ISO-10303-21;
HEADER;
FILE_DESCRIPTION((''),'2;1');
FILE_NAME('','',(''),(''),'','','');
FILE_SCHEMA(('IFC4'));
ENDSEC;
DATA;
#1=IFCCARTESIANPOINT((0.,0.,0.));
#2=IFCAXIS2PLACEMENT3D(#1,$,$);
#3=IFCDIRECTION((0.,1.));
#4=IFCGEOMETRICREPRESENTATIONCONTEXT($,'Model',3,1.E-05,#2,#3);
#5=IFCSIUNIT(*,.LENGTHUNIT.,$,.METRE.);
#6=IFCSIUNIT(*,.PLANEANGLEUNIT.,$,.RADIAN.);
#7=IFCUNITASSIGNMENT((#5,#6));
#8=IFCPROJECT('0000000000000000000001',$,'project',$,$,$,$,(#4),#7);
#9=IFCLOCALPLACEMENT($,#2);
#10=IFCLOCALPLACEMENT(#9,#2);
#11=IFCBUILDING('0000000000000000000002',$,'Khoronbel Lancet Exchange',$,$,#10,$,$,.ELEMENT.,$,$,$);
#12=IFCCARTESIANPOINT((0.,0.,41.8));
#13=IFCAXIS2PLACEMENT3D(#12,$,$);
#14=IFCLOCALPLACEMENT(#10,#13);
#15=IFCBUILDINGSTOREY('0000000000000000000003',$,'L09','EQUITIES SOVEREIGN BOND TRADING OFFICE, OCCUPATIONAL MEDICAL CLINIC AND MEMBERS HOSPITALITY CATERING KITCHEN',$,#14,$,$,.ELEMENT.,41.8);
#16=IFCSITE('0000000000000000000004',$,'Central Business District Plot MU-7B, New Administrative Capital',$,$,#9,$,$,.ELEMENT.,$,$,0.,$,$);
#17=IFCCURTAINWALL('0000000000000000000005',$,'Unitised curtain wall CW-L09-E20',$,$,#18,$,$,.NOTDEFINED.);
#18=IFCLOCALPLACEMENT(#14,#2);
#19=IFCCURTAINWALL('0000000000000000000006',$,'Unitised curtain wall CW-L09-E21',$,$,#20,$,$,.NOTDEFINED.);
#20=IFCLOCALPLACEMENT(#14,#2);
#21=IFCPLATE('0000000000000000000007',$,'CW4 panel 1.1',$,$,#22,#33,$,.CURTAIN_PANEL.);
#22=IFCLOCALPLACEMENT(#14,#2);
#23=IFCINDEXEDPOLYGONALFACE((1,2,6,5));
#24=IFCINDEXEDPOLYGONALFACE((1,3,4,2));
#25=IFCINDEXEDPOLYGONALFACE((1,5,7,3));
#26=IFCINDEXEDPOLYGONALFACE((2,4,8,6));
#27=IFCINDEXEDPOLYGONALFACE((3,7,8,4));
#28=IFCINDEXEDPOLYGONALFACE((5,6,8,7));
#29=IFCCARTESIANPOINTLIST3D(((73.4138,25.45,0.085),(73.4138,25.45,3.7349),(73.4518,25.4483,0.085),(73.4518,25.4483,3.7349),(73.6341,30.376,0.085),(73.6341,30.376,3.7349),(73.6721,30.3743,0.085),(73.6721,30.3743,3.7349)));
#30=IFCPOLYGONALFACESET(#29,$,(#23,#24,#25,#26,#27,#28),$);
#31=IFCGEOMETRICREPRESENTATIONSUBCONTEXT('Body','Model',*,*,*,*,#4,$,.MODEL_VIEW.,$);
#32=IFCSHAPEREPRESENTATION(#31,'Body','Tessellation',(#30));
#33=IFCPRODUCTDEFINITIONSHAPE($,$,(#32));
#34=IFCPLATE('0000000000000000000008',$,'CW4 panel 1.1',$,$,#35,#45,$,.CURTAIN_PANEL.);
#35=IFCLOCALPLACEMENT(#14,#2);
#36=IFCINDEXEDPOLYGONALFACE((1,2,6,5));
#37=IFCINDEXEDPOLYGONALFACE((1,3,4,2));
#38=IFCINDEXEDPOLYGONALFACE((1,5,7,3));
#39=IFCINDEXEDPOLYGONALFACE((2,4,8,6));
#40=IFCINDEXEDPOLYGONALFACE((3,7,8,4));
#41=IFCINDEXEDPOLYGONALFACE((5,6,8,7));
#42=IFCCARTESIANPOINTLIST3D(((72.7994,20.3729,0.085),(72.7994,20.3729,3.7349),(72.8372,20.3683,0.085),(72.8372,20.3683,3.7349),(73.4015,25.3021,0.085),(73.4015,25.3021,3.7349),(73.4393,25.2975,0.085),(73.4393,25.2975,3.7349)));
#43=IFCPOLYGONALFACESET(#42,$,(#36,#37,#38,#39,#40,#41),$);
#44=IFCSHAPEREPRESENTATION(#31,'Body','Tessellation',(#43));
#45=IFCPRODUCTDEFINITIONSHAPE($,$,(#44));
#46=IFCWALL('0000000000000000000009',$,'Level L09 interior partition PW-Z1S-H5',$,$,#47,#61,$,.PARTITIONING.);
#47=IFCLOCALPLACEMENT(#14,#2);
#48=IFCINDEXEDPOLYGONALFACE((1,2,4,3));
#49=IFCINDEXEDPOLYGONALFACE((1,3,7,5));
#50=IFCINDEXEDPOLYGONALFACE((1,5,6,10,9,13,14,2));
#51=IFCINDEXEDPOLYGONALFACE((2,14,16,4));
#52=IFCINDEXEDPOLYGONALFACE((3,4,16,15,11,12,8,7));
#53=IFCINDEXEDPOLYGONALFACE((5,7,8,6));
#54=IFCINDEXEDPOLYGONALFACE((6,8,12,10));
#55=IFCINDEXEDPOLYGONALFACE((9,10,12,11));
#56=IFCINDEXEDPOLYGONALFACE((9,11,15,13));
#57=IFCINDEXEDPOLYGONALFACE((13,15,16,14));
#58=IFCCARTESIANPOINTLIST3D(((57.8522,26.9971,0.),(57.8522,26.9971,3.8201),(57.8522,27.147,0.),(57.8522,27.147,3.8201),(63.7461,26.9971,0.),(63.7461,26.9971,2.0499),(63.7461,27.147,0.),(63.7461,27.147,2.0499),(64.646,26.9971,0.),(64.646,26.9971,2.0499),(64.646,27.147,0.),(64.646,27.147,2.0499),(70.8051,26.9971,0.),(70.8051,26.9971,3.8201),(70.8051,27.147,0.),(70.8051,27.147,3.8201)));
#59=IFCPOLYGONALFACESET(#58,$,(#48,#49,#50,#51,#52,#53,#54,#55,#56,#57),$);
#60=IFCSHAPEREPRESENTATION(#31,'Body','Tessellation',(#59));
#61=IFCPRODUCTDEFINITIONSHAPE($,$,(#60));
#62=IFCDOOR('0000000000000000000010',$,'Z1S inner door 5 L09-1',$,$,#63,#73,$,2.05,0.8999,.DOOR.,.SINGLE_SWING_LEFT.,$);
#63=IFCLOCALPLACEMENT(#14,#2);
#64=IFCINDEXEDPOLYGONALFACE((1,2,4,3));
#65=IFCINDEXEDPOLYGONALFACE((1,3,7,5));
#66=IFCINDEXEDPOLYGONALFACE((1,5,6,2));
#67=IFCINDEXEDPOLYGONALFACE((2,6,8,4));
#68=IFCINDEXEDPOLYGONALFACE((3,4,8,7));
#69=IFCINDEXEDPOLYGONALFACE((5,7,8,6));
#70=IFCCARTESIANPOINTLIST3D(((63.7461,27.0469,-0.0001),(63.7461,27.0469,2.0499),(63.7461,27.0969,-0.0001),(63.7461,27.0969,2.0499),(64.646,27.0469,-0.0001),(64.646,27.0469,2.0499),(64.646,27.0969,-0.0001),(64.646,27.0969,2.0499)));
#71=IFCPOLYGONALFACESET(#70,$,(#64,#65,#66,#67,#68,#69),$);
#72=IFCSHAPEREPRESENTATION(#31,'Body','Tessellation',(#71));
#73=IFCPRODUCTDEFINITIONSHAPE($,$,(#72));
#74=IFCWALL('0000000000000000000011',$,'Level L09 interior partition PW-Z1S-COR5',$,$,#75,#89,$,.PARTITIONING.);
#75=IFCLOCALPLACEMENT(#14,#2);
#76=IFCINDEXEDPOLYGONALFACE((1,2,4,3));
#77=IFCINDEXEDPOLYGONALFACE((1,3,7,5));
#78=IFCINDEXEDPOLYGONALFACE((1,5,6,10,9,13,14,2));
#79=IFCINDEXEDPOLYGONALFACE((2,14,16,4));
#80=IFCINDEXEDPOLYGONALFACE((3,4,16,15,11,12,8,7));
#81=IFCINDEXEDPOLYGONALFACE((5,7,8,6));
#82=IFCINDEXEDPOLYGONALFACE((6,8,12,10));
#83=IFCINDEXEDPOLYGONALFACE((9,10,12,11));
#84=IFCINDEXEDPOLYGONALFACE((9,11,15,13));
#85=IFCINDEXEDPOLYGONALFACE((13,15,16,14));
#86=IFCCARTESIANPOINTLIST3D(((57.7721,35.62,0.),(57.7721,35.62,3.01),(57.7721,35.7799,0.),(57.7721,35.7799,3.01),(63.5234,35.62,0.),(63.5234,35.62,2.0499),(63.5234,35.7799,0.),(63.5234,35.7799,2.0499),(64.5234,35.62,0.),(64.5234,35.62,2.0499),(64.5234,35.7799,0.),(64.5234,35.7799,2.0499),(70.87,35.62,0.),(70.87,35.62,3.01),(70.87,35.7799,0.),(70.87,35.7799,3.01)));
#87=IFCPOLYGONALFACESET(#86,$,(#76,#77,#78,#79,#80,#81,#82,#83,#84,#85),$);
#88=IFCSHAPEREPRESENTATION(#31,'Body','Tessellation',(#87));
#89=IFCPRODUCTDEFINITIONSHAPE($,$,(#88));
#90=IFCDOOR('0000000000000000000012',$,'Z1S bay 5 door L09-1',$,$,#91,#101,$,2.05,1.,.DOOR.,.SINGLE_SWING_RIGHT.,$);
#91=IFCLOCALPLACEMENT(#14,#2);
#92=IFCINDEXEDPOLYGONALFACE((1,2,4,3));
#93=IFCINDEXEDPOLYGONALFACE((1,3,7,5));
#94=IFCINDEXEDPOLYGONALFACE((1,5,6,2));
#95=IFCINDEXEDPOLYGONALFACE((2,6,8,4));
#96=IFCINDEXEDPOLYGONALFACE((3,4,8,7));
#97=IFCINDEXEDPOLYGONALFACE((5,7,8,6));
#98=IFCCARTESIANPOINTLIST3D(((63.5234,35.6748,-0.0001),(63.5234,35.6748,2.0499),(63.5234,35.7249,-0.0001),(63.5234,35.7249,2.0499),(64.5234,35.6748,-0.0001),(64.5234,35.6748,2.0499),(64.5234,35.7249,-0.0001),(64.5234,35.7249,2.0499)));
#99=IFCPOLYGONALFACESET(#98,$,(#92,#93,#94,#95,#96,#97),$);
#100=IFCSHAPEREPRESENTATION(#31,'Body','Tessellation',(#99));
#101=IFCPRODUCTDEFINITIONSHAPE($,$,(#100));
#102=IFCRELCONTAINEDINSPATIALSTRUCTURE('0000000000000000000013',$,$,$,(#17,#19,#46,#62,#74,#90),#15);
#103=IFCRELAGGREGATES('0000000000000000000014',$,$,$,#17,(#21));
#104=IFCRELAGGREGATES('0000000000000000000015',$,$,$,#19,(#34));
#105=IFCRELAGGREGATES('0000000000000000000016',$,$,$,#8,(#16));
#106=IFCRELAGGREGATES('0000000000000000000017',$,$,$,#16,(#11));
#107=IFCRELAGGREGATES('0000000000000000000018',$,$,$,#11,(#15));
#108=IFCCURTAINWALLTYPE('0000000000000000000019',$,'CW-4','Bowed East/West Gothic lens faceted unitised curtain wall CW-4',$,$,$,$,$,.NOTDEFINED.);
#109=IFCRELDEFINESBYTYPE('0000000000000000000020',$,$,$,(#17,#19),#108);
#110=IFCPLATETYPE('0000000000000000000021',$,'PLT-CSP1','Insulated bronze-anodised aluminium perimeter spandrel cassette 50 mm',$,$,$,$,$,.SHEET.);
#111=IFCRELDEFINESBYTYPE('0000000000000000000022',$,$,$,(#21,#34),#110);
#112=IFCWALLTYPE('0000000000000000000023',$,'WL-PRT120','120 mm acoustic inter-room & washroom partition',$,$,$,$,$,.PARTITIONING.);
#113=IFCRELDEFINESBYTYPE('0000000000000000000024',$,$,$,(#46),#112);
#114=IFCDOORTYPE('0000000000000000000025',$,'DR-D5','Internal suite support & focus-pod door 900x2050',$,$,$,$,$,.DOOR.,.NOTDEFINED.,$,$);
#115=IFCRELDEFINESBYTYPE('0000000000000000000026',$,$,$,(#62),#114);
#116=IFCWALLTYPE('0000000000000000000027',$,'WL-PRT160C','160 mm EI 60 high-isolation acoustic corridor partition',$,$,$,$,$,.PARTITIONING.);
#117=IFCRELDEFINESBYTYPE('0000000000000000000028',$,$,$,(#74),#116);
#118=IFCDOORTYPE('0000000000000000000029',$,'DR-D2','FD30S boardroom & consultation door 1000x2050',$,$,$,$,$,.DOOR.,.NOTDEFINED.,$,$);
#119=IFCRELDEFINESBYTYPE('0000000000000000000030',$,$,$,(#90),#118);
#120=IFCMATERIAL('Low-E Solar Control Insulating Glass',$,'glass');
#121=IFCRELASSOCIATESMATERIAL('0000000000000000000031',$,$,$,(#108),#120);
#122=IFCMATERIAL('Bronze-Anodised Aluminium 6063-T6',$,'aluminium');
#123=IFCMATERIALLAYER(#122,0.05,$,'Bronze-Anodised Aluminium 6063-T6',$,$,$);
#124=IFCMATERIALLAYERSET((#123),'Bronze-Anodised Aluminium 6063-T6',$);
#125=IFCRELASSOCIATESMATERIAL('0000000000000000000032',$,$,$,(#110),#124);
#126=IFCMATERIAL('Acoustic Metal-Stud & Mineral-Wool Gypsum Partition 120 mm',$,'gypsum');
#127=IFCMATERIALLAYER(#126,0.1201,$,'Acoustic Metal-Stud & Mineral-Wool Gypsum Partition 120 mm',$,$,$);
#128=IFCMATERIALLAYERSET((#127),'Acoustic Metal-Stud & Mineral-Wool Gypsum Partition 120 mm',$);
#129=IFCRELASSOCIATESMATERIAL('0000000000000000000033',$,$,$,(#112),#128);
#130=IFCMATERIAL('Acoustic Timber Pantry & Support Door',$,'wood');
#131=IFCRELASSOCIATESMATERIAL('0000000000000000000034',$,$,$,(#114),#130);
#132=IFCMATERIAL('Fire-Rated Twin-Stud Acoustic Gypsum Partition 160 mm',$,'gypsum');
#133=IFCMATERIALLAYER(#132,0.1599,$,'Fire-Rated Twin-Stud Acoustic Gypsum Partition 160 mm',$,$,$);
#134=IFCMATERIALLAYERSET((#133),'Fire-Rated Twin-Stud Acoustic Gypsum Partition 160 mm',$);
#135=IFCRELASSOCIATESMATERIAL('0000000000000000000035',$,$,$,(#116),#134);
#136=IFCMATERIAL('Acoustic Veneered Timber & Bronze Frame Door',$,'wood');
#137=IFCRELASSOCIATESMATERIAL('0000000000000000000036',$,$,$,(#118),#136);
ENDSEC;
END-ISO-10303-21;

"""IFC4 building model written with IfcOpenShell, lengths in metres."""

from ifc_helpers import new_model, si_unit, direction, frame, frame_2d, origin, origin_2d, place, context, subcontext, project, spatial, rectangle, extrude, material, layer, layer_set, type_object, element, fill, aggregate, save


model = new_model("IFC4")

# Units and contexts
model_context = context("Model", 3, precision=1e-05, world=origin(), true_north=direction((0.0, 1.0)))
body_context = subcontext(model_context, "Body", "Model", "MODEL_VIEW")
ifc_project = project(units=[si_unit("LENGTHUNIT", "METRE"), si_unit("PLANEANGLEUNIT", "RADIAN")], contexts=[model_context])

# Site, building, storey
site_placement = place(None, origin())
site = spatial("IfcSite", under=ifc_project, at=site_placement, Name="Central Business District Plot MU-7B, New Administrative Capital", CompositionType="ELEMENT", RefElevation=0.0)
building_placement = place(site_placement, origin())
building = spatial("IfcBuilding", under=site, at=building_placement, Name="Khoronbel Lancet Exchange", CompositionType="ELEMENT")
storey_placement = place(building_placement, frame((0.0, 0.0, 41.8)))
storey = spatial("IfcBuildingStorey", under=building, at=storey_placement, Name="L09", Description="EQUITIES SOVEREIGN BOND TRADING OFFICE, OCCUPATIONAL MEDICAL CLINIC AND MEMBERS HOSPITALITY CATERING KITCHEN", CompositionType="ELEMENT", Elevation=41.8)

# Shared definitions
ifc_material_1 = material(Name="Low-E Solar Control Insulating Glass", Category="glass")
curtain_wall_type = type_object("IfcCurtainWallType", Name="CW-4", Description="Bowed East/West Gothic lens faceted unitised curtain wall CW-4", PredefinedType="NOTDEFINED", material=ifc_material_1)
ifc_material_2 = material(Name="Bronze-Anodised Aluminium 6063-T6", Category="aluminium")

# Curtain wall
curtain_wall_1_placement = place(storey_placement, origin())
curtain_wall_1 = element("IfcCurtainWall", 1, at=curtain_wall_1_placement, inside=storey, type_object=curtain_wall_type, Name="Unitised curtain wall CW-L09-E20", PredefinedType="NOTDEFINED")

# Curtain wall
curtain_wall_2_placement = place(storey_placement, origin())
curtain_wall_2 = element("IfcCurtainWall", 2, at=curtain_wall_2_placement, inside=storey, type_object=curtain_wall_type, Name="Unitised curtain wall CW-L09-E21", PredefinedType="NOTDEFINED")

# Plates
ifc_layer_1 = layer(ifc_material_2, 0.05, Name="Bronze-Anodised Aluminium 6063-T6")
ifc_layer_set_1 = layer_set([ifc_layer_1], Name="Bronze-Anodised Aluminium 6063-T6")
plate_type = type_object("IfcPlateType", Name="PLT-CSP1", Description="Insulated bronze-anodised aluminium perimeter spandrel cassette 50 mm", PredefinedType="SHEET", material=ifc_layer_set_1)
plate_1_placement = place(storey_placement, frame((73.543, 27.9121, 0.085), z_axis=(0.0, 0.0, 1.0), x_axis=(-0.044677, -0.999001, 0.0)))
plate_1 = element("IfcPlate", 3, at=plate_1_placement, type_object=plate_type, Name="CW4 panel 1.1", PredefinedType="CURTAIN_PANEL", context=body_context, shape_type="SweptSolid", body=[
    extrude(rectangle(XDim=4.9309, YDim=0.0381, at=origin_2d()), origin(), (0.0, 0.0, 1.0), 3.6499),
])
aggregate(curtain_wall_1, [plate_1])
plate_2_placement = place(storey_placement, frame((73.1194, 22.8352, 0.085), z_axis=(0.0, 0.0, 1.0), x_axis=(-0.121253, -0.992622, 0.0)))
plate_2 = element("IfcPlate", 4, at=plate_2_placement, type_object=plate_type, Name="CW4 panel 1.1", PredefinedType="CURTAIN_PANEL", context=body_context, shape_type="SweptSolid", body=[
    extrude(rectangle(XDim=4.9658, YDim=0.0381, at=origin_2d()), origin(), (0.0, 0.0, 1.0), 3.6499),
])
aggregate(curtain_wall_2, [plate_2])

# Walls, openings, doors
ifc_material_3 = material(Name="Acoustic Metal-Stud & Mineral-Wool Gypsum Partition 120 mm", Category="gypsum")
ifc_layer_2 = layer(ifc_material_3, 0.1201, Name="Acoustic Metal-Stud & Mineral-Wool Gypsum Partition 120 mm")
ifc_layer_set_2 = layer_set([ifc_layer_2], Name="Acoustic Metal-Stud & Mineral-Wool Gypsum Partition 120 mm")
wall_type_1 = type_object("IfcWallType", Name="WL-PRT120", Description="120 mm acoustic inter-room & washroom partition", PredefinedType="PARTITIONING", material=ifc_layer_set_2)
wall_1_placement = place(storey_placement, frame((57.8521, 27.072, 0.0), z_axis=(0.0, 0.0, 1.0), x_axis=(1.0, 0.0, 0.0)))
wall_1 = element("IfcWall", 5, at=wall_1_placement, inside=storey, type_object=wall_type_1, Name="Level L09 interior partition PW-Z1S-H5", PredefinedType="PARTITIONING", context=body_context, shape_type="SweptSolid", body=[
    extrude(rectangle(XDim=12.9529, YDim=0.1499, at=frame_2d((6.4766, 0.0))), origin(), (0.0, 0.0, 1.0), 3.8201),
])
opening_1_placement = place(wall_1_placement, frame((5.894, 0.0, 0.0)))
opening_1 = element("IfcOpeningElement", 6, at=opening_1_placement, cuts=wall_1, PredefinedType="OPENING", context=body_context, shape_type="SweptSolid", body=[
    extrude(rectangle(XDim=0.8999, YDim=2.05, at=frame_2d((0.45, 1.0249))), frame((0.0, 0.085, 0.0), z_axis=(0.0, -1.0, 0.0), x_axis=(1.0, 0.0, 0.0)), (0.0, 0.0, 1.0), 0.1699),
])
ifc_material_4 = material(Name="Acoustic Timber Pantry & Support Door", Category="wood")
door_type_1 = type_object("IfcDoorType", Name="DR-D5", Description="Internal suite support & focus-pod door 900x2050", OperationType="NOTDEFINED", PredefinedType="DOOR", material=ifc_material_4)
door_1_placement = place(opening_1_placement, origin())
door_1 = element("IfcDoor", 7, at=door_1_placement, inside=storey, type_object=door_type_1, Name="Z1S inner door 5 L09-1", OperationType="SINGLE_SWING_LEFT", OverallHeight=2.05, OverallWidth=0.8999, PredefinedType="DOOR", context=body_context, shape_type="SweptSolid", body=[
    extrude(rectangle(XDim=0.8999, YDim=2.05, at=frame_2d((0.45, 1.0249))), frame((0.0, 0.0249, 0.0), z_axis=(0.0, -1.0, 0.0), x_axis=(1.0, 0.0, 0.0)), (0.0, 0.0, 1.0), 0.05),
])
fill(opening_1, door_1)
ifc_material_5 = material(Name="Fire-Rated Twin-Stud Acoustic Gypsum Partition 160 mm", Category="gypsum")
ifc_layer_3 = layer(ifc_material_5, 0.1599, Name="Fire-Rated Twin-Stud Acoustic Gypsum Partition 160 mm")
ifc_layer_set_3 = layer_set([ifc_layer_3], Name="Fire-Rated Twin-Stud Acoustic Gypsum Partition 160 mm")
wall_type_2 = type_object("IfcWallType", Name="WL-PRT160C", Description="160 mm EI 60 high-isolation acoustic corridor partition", PredefinedType="PARTITIONING", material=ifc_layer_set_3)
wall_2_placement = place(storey_placement, frame((57.7722, 35.7, 0.0), z_axis=(0.0, 0.0, 1.0), x_axis=(1.0, 0.0, 0.0)))
wall_2 = element("IfcWall", 8, at=wall_2_placement, inside=storey, type_object=wall_type_2, Name="Level L09 interior partition PW-Z1S-COR5", PredefinedType="PARTITIONING", context=body_context, shape_type="SweptSolid", body=[
    extrude(rectangle(XDim=13.0979, YDim=0.1599, at=frame_2d((6.5488, 0.0))), origin(), (0.0, 0.0, 1.0), 3.01),
])
opening_2_placement = place(wall_2_placement, frame((5.7512, 0.0, 0.0)))
opening_2 = element("IfcOpeningElement", 9, at=opening_2_placement, cuts=wall_2, PredefinedType="OPENING", context=body_context, shape_type="SweptSolid", body=[
    extrude(rectangle(XDim=1.0, YDim=2.05, at=frame_2d((0.5, 1.0249))), frame((0.0, 0.0898, 0.0), z_axis=(0.0, -1.0, 0.0), x_axis=(1.0, 0.0, 0.0)), (0.0, 0.0, 1.0), 0.1799),
])
ifc_material_6 = material(Name="Acoustic Veneered Timber & Bronze Frame Door", Category="wood")
door_type_2 = type_object("IfcDoorType", Name="DR-D2", Description="FD30S boardroom & consultation door 1000x2050", OperationType="NOTDEFINED", PredefinedType="DOOR", material=ifc_material_6)
door_2_placement = place(opening_2_placement, origin())
door_2 = element("IfcDoor", 10, at=door_2_placement, inside=storey, type_object=door_type_2, Name="Z1S bay 5 door L09-1", OperationType="SINGLE_SWING_RIGHT", OverallHeight=2.05, OverallWidth=1.0, PredefinedType="DOOR", context=body_context, shape_type="SweptSolid", body=[
    extrude(rectangle(XDim=1.0, YDim=2.05, at=frame_2d((0.5, 1.0249))), frame((0.0, 0.0249, 0.0), z_axis=(0.0, -1.0, 0.0), x_axis=(1.0, 0.0, 0.0)), (0.0, 0.0, 1.0), 0.05),
])
fill(opening_2, door_2)

save(model, "model.ifc")
